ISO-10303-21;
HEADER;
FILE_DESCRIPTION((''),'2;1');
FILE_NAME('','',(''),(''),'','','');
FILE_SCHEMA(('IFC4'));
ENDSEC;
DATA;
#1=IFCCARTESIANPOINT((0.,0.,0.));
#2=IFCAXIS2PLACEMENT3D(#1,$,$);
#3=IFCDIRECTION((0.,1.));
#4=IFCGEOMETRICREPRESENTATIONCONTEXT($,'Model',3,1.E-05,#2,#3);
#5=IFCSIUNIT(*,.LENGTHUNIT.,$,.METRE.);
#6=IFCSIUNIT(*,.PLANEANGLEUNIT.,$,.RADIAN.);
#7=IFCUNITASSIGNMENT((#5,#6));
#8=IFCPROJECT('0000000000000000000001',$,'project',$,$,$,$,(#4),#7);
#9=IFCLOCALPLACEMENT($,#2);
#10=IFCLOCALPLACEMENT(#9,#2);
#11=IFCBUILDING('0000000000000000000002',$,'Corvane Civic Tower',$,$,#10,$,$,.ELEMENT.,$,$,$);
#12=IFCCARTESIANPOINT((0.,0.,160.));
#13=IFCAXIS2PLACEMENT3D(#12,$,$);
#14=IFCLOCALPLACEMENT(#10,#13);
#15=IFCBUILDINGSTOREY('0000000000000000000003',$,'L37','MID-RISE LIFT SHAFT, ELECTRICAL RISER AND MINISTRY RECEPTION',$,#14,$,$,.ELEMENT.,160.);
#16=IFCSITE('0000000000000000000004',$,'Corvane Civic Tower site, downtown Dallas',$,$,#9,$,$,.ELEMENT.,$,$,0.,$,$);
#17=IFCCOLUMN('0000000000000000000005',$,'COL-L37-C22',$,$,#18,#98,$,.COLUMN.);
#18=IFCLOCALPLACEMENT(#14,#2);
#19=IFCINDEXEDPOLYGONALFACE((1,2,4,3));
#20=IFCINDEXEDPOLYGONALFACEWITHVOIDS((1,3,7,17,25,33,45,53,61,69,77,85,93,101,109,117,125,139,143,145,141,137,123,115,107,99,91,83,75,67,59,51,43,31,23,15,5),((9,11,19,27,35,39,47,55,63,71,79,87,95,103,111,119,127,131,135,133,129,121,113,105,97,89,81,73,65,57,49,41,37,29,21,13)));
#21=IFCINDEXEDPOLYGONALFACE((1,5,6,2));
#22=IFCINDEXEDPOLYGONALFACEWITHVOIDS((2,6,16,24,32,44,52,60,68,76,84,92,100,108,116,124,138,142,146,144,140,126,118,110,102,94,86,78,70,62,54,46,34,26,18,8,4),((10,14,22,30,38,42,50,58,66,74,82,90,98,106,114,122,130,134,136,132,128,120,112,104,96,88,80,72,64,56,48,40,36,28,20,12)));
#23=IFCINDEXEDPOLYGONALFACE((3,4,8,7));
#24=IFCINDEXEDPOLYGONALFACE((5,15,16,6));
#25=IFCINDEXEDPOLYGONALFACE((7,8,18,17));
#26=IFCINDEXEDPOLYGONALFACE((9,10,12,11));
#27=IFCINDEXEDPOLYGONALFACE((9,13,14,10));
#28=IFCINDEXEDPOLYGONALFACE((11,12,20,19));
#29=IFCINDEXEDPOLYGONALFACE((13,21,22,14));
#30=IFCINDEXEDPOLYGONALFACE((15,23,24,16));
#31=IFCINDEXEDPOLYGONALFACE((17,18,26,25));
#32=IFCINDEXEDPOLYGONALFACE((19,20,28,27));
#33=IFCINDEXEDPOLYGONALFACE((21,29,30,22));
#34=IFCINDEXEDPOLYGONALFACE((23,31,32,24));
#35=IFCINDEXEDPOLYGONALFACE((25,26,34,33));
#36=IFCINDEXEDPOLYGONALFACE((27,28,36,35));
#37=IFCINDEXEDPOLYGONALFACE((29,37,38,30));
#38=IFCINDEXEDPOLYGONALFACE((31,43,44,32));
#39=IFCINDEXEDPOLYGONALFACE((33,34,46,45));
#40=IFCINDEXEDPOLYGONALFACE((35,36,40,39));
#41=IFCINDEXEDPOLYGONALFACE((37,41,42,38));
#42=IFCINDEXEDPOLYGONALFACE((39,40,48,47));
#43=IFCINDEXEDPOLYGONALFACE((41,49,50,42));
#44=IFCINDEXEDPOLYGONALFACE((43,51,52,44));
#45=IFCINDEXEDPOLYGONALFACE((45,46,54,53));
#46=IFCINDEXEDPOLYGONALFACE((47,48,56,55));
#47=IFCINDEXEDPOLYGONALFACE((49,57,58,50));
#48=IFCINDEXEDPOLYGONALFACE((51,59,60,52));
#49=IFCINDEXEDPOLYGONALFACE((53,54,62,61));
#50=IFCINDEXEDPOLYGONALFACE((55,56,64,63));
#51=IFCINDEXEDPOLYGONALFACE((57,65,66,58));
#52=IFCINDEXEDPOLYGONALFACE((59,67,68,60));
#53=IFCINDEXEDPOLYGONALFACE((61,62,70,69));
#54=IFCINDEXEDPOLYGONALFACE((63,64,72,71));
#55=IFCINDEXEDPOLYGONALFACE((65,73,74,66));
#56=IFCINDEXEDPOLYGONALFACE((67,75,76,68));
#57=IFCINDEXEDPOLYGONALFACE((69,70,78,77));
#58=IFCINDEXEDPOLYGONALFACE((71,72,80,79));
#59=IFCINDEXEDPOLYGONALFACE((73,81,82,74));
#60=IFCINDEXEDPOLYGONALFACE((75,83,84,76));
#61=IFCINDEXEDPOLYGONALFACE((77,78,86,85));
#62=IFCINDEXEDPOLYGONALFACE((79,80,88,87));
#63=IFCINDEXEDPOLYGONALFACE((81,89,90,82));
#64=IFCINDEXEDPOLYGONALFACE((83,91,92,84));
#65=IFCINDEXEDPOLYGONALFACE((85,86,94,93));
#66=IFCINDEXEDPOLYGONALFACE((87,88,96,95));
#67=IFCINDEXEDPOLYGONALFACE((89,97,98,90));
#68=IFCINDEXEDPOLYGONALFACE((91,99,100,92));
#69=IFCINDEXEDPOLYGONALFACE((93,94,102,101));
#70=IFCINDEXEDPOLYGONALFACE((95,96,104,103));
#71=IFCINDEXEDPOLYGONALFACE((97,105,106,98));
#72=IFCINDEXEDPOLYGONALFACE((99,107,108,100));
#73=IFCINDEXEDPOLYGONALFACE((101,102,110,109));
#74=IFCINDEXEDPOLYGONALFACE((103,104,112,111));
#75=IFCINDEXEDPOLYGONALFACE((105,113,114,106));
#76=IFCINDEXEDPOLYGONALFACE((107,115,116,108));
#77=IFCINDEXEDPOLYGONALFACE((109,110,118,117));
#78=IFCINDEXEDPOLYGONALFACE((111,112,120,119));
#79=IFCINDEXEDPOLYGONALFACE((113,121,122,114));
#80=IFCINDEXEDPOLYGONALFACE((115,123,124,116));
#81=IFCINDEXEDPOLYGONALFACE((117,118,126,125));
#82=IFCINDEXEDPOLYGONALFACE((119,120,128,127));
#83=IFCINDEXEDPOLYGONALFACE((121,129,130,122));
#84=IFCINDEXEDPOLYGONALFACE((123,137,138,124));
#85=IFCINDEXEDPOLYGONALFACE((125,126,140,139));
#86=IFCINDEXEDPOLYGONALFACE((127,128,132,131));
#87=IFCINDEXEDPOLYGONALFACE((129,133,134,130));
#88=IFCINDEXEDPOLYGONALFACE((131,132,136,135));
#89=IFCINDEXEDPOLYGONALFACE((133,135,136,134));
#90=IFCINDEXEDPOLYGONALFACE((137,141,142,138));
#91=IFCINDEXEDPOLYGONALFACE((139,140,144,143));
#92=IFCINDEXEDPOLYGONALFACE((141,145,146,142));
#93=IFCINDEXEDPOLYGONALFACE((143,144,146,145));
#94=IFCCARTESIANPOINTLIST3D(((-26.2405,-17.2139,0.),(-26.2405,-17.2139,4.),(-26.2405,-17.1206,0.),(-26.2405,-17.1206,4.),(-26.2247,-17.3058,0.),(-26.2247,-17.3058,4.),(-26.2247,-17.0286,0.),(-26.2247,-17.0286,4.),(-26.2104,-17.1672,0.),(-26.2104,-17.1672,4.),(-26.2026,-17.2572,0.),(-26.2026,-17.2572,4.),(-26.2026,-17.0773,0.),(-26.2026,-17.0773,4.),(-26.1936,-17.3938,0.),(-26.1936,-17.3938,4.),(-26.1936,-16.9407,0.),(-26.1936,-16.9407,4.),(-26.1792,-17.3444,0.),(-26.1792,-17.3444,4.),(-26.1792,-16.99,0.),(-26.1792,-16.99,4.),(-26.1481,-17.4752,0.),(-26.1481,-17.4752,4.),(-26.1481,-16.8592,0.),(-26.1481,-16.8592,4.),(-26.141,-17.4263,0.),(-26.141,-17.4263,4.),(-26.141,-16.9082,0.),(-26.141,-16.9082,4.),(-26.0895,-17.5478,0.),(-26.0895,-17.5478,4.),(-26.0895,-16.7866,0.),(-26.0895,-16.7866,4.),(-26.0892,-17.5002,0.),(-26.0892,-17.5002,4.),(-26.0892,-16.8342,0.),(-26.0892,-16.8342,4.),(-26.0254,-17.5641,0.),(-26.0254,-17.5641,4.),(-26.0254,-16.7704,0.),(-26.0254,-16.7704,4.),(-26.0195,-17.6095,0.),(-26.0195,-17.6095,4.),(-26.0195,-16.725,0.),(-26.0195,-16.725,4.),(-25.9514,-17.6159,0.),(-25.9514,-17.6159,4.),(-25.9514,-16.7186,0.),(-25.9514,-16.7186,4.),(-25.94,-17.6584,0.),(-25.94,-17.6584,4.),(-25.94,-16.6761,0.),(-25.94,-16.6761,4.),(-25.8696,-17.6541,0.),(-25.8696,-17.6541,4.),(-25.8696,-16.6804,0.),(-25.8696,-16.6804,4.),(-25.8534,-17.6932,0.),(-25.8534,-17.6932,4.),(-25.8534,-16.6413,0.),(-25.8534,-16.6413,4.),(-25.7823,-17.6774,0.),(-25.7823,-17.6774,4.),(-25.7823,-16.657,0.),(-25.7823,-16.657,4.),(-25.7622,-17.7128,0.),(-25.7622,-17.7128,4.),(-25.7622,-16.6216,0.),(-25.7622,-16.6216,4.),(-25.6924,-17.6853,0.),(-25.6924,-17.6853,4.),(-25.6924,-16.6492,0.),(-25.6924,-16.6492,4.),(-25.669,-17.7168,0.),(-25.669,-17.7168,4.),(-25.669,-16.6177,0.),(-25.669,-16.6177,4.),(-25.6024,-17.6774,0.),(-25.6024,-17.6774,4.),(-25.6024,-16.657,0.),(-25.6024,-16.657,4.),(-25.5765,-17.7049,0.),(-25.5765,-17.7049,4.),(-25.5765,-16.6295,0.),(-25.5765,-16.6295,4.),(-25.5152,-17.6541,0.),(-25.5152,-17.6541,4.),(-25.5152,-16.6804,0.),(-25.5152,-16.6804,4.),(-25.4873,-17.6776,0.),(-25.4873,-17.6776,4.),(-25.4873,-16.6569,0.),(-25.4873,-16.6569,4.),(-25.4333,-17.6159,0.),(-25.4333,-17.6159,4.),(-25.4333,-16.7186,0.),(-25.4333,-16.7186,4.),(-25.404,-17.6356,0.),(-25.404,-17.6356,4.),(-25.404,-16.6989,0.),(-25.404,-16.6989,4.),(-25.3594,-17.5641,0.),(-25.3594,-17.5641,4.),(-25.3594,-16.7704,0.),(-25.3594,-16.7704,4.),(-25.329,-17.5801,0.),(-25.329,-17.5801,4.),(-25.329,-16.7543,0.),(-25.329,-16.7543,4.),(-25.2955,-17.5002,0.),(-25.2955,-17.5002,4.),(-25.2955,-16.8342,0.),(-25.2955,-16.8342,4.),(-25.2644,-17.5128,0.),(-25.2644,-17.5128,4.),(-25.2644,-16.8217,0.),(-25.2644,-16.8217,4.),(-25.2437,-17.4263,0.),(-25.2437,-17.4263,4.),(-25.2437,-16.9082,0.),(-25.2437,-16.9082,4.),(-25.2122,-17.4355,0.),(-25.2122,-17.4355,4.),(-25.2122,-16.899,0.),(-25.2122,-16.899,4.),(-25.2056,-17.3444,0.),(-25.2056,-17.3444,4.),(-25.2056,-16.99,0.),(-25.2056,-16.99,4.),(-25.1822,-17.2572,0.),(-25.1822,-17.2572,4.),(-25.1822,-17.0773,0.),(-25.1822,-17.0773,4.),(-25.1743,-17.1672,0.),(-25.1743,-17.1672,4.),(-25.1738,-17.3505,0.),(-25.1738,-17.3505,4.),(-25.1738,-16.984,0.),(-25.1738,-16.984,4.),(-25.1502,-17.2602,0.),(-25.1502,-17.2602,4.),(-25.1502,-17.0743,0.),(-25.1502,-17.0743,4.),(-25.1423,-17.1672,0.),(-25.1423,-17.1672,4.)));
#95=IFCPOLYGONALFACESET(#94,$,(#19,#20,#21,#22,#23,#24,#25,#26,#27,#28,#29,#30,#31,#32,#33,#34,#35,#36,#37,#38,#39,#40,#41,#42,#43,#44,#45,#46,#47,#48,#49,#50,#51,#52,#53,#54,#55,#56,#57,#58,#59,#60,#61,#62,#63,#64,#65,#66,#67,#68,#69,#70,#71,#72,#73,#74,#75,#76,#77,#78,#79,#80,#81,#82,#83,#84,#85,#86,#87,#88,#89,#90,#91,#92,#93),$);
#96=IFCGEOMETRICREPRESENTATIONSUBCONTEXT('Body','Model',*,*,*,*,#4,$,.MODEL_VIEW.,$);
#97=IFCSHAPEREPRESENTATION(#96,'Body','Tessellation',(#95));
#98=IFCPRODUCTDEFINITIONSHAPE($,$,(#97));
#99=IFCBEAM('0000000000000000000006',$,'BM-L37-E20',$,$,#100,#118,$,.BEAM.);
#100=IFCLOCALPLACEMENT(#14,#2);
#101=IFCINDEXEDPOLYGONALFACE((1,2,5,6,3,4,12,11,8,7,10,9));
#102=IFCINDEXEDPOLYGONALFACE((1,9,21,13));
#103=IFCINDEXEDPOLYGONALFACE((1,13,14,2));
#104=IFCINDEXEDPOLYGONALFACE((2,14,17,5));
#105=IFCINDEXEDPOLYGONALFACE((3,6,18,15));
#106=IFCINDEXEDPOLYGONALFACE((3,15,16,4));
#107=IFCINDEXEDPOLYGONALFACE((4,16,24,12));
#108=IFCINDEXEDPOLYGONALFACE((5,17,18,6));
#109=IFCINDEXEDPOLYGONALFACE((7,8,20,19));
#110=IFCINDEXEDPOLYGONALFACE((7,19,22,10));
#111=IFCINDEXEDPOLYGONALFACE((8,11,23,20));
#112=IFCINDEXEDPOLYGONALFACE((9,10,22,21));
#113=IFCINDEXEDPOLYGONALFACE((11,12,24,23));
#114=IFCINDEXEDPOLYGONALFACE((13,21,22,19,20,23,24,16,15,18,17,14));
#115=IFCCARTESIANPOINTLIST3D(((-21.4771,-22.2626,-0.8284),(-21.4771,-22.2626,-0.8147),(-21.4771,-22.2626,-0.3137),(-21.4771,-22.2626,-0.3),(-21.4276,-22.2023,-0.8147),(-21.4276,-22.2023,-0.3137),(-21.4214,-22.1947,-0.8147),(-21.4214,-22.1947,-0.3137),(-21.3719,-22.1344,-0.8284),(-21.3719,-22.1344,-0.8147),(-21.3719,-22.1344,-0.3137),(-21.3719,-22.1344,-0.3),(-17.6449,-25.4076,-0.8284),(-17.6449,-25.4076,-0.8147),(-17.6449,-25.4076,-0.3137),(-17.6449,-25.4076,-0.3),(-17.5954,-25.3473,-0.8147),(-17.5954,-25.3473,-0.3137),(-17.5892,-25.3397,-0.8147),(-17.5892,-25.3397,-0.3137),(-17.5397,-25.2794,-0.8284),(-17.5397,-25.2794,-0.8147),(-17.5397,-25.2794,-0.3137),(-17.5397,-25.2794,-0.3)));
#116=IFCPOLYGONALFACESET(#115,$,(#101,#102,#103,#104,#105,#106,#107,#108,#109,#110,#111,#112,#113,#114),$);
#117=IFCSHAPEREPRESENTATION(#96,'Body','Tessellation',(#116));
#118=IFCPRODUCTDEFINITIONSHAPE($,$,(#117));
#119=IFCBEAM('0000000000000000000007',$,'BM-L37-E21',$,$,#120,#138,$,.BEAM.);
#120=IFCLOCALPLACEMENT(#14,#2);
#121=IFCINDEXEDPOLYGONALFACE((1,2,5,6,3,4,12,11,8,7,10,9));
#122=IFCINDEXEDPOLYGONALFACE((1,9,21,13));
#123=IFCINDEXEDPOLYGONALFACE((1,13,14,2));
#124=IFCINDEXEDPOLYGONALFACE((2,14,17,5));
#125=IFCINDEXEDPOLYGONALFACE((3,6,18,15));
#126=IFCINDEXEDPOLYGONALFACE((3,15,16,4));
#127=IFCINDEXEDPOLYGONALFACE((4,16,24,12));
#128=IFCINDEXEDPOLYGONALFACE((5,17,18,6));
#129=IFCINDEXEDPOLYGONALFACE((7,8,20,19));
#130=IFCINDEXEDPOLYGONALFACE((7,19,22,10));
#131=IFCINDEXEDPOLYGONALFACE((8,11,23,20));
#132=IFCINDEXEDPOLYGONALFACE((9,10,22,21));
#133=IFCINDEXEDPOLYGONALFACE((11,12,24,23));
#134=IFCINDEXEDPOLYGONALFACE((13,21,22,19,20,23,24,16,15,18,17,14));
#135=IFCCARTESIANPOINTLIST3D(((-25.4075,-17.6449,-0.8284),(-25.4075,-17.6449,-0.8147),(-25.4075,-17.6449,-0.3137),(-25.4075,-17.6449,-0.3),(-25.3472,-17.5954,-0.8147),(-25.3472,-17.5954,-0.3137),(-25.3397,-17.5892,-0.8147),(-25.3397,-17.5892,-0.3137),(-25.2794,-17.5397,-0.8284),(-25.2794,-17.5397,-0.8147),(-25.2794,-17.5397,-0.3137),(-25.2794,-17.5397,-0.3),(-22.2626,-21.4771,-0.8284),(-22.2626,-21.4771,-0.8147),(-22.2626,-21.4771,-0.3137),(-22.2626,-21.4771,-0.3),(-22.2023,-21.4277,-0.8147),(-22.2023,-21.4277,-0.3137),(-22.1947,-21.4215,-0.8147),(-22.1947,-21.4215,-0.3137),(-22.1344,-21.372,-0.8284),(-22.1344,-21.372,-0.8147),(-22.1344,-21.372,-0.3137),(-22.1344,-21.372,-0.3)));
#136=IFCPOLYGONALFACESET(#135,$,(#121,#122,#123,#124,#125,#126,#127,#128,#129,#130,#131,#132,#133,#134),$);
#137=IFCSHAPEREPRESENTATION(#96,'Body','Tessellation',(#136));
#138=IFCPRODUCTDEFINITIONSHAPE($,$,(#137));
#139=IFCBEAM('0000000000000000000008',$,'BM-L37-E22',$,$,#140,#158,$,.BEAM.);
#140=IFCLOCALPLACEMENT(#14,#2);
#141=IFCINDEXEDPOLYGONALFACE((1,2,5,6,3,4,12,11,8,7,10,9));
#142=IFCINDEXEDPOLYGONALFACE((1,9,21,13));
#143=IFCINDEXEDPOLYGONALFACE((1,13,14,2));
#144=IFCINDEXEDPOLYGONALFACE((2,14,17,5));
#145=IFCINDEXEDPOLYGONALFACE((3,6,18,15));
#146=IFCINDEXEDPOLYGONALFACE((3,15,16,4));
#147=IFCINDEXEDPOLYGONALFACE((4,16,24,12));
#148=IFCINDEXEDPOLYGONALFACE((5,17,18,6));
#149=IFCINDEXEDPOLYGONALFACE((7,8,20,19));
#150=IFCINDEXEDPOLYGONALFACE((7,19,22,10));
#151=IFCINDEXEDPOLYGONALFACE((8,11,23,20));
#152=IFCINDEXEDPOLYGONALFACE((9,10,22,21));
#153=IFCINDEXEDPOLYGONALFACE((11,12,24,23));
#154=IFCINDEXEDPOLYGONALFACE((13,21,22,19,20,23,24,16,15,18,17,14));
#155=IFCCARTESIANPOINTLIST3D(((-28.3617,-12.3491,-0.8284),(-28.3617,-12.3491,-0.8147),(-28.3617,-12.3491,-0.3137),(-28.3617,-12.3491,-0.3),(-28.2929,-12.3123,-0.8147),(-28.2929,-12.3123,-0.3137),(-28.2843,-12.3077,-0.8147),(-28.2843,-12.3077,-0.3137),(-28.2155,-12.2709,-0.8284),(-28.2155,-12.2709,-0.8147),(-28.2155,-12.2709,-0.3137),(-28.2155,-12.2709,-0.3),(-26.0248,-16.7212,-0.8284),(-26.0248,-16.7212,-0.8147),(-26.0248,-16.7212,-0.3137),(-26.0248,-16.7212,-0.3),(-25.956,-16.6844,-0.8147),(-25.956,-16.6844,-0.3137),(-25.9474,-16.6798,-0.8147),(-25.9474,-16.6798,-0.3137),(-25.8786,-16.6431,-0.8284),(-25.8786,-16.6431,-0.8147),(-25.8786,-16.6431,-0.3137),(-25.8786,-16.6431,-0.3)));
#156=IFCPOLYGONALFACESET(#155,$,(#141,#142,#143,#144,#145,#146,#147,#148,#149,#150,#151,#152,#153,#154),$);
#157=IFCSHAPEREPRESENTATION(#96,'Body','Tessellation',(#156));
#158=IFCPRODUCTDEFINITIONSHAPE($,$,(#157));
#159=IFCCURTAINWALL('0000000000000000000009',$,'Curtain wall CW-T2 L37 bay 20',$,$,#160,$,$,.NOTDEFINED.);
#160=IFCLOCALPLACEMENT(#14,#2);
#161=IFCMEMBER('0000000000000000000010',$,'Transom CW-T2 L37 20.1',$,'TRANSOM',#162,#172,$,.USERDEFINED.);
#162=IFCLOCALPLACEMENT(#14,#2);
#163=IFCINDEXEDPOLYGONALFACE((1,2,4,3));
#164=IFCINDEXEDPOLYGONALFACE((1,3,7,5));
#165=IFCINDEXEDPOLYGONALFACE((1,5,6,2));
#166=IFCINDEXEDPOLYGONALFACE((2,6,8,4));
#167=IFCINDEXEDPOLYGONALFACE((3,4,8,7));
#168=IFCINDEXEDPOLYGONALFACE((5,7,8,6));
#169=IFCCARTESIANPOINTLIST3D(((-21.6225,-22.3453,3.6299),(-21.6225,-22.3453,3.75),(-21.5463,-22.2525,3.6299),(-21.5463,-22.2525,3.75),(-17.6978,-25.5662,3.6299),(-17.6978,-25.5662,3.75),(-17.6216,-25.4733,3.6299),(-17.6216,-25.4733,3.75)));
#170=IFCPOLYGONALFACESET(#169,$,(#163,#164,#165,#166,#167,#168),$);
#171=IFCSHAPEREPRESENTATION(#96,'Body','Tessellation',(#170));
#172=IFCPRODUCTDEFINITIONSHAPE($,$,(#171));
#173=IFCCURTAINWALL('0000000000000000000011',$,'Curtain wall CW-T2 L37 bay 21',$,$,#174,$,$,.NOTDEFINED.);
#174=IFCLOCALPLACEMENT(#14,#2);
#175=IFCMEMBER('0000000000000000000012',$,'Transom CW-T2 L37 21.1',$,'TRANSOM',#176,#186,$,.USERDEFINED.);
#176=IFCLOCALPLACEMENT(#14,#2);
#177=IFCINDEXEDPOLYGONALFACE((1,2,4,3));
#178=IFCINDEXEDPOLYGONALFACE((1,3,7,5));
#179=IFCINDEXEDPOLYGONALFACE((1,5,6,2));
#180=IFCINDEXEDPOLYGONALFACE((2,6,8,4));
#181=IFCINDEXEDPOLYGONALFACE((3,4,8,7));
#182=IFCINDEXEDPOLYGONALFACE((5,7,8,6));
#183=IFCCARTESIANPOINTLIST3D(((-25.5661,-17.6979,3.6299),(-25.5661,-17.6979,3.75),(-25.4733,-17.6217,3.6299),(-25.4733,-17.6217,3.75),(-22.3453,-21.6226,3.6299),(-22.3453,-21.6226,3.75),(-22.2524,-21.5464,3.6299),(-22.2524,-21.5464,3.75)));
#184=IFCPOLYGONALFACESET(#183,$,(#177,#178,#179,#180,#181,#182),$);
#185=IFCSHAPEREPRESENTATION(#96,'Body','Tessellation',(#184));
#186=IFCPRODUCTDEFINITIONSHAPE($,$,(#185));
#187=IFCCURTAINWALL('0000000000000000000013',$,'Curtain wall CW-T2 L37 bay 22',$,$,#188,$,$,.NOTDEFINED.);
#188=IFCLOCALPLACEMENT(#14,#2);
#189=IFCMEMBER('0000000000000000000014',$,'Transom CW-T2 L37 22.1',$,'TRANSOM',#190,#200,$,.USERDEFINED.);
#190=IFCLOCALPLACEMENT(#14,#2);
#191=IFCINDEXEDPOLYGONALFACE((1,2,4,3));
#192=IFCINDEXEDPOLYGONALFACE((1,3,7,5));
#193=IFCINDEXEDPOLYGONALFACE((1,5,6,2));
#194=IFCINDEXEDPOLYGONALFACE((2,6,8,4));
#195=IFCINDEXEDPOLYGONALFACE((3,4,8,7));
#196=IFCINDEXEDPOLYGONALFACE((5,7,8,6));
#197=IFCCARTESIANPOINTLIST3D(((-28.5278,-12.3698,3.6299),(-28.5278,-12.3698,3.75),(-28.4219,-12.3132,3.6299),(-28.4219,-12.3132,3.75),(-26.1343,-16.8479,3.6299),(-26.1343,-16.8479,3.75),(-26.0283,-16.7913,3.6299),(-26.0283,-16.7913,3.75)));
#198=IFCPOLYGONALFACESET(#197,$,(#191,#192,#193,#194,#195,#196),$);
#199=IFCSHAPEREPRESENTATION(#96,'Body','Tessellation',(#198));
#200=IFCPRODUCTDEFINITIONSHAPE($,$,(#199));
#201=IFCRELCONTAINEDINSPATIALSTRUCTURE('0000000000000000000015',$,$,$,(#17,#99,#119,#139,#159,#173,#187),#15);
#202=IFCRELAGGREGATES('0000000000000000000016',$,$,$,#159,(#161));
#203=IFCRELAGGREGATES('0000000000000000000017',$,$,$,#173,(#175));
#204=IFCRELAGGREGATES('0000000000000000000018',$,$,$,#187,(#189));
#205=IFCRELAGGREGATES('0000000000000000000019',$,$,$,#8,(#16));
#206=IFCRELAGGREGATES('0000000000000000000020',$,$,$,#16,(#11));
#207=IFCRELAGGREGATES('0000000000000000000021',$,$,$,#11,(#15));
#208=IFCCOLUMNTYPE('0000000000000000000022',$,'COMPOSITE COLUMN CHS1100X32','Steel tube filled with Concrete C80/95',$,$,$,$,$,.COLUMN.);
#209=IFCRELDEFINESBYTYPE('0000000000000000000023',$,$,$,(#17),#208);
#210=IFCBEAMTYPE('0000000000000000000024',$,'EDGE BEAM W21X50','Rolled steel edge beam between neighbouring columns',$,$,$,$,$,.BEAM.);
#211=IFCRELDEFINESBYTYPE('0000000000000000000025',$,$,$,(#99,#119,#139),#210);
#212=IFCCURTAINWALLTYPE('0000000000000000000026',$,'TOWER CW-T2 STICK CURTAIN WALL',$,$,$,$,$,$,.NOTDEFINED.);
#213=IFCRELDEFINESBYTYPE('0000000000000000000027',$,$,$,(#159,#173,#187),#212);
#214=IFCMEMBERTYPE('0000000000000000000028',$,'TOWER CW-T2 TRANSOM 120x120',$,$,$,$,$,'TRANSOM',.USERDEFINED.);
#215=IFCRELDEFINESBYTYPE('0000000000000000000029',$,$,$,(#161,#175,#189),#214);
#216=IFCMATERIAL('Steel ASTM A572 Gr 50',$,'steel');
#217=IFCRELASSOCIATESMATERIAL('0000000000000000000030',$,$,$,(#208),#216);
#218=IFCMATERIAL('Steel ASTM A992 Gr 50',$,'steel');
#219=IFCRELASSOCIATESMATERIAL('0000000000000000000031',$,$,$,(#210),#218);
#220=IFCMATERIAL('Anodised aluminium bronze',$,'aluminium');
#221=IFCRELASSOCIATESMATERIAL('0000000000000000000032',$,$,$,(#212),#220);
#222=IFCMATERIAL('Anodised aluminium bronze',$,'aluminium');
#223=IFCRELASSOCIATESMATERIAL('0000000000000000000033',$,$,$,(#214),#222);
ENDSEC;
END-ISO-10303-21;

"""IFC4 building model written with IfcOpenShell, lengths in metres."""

from ifc_helpers import new_model, si_unit, direction, frame, origin, origin_2d, place, context, subcontext, project, spatial, rectangle, hollow_circle, i_section, extrude, material, material_profile, profile_set, type_object, element, aggregate, save


model = new_model("IFC4")

# Units and contexts
model_context = context("Model", 3, precision=1e-05, world=origin(), true_north=direction((0.0, 1.0)))
body_context = subcontext(model_context, "Body", "Model", "MODEL_VIEW")
ifc_project = project(units=[si_unit("LENGTHUNIT", "METRE"), si_unit("PLANEANGLEUNIT", "RADIAN")], contexts=[model_context])

# Site, building, storey
site_placement = place(None, origin())
site = spatial("IfcSite", under=ifc_project, at=site_placement, Name="Corvane Civic Tower site, downtown Dallas", CompositionType="ELEMENT", RefElevation=0.0)
building_placement = place(site_placement, origin())
building = spatial("IfcBuilding", under=site, at=building_placement, Name="Corvane Civic Tower", CompositionType="ELEMENT")
storey_placement = place(building_placement, frame((0.0, 0.0, 160.0)))
storey = spatial("IfcBuildingStorey", under=building, at=storey_placement, Name="L37", Description="MID-RISE LIFT SHAFT, ELECTRICAL RISER AND MINISTRY RECEPTION", CompositionType="ELEMENT", Elevation=160.0)

# Column
ifc_material_1 = material(Name="Steel ASTM A572 Gr 50", Category="steel")
ifc_material_profile_1 = material_profile(ifc_material_1, hollow_circle(Radius=0.55, WallThickness=0.032, at=origin_2d()), Name="CHS1100X32")
ifc_profile_set_1 = profile_set([ifc_material_profile_1], Name="Steel ASTM A572 Gr 50")
column_type = type_object("IfcColumnType", Name="COMPOSITE COLUMN CHS1100X32", Description="Steel tube filled with Concrete C80/95", PredefinedType="COLUMN", material=ifc_profile_set_1)
for number, where, z_axis, x_axis, name in (
    (1, (-25.6924, -17.1672, 0.0), (0.0, 0.0, 1.0), (1.0, 0.0, 0.0), "COL-L37-C22"),
):
    element("IfcColumn", number, at=place(storey_placement, frame(where, z_axis=z_axis, x_axis=x_axis)), inside=storey, type_object=column_type, Name=name, PredefinedType="COLUMN", context=body_context, shape_type="SweptSolid", body=[
        extrude(hollow_circle(Radius=0.55, WallThickness=0.032, at=origin_2d()), origin(), (0.0, 0.0, 1.0), 4.0),
    ])

# Beams
ifc_material_2 = material(Name="Steel ASTM A992 Gr 50", Category="steel")
ifc_material_profile_2 = material_profile(ifc_material_2, i_section(OverallWidth=0.1658, OverallDepth=0.5283, WebThickness=0.0098, FlangeThickness=0.0137, at=origin_2d()), Name="W21X50")
ifc_profile_set_2 = profile_set([ifc_material_profile_2], Name="Steel ASTM A992 Gr 50")
beam_type = type_object("IfcBeamType", Name="EDGE BEAM W21X50", Description="Rolled steel edge beam between neighbouring columns", PredefinedType="BEAM", material=ifc_profile_set_2)
for number, where, z_axis, x_axis, name in (
    (2, (-17.5923, -25.3435, -0.5642), (-0.773015, 0.634388, 0.0), (-0.634388, -0.773015, 0.0), "BM-L37-E20"),
    (3, (-22.1985, -21.4246, -0.5642), (-0.634388, 0.773015, 0.0), (-0.773015, -0.634388, 0.0), "BM-L37-E21"),
    (4, (-25.9517, -16.6821, -0.5642), (-0.471396, 0.881922, 0.0), (-0.881922, -0.471396, 0.0), "BM-L37-E22"),
):
    element("IfcBeam", number, at=place(storey_placement, frame(where, z_axis=z_axis, x_axis=x_axis)), inside=storey, type_object=beam_type, Name=name, PredefinedType="BEAM", context=body_context, shape_type="SweptSolid", body=[
        extrude(i_section(OverallWidth=0.1658, OverallDepth=0.5283, WebThickness=0.0098, FlangeThickness=0.0137, at=origin_2d()), origin(), (0.0, 0.0, 1.0), 4.9575),
    ])

# Curtain walls, members
ifc_material_3 = material(Name="Anodised aluminium bronze", Category="aluminium")
curtain_wall_type = type_object("IfcCurtainWallType", Name="TOWER CW-T2 STICK CURTAIN WALL", PredefinedType="NOTDEFINED", material=ifc_material_3)
curtain_wall_1_placement = place(storey_placement, origin())
curtain_wall_1 = element("IfcCurtainWall", 5, at=curtain_wall_1_placement, inside=storey, type_object=curtain_wall_type, Name="Curtain wall CW-T2 L37 bay 20", PredefinedType="NOTDEFINED")
ifc_material_4 = material(Name="Anodised aluminium bronze", Category="aluminium")
ifc_material_profile_3 = material_profile(ifc_material_4, rectangle(XDim=0.1201, YDim=0.1201, at=origin_2d()), Name="TOWER CW-T2 TRANSOM 120x120")
ifc_profile_set_3 = profile_set([ifc_material_profile_3], Name="Anodised aluminium bronze")
member_type = type_object("IfcMemberType", Name="TOWER CW-T2 TRANSOM 120x120", ElementType="TRANSOM", PredefinedType="USERDEFINED", material=ifc_profile_set_3)
member_1_placement = place(storey_placement, frame((-17.6597, -25.5198, 3.6899), z_axis=(-0.773016, 0.634387, 0.0), x_axis=(-0.634387, -0.773016, 0.0)))
member_1 = element("IfcMember", 6, at=member_1_placement, type_object=member_type, Name="Transom CW-T2 L37 20.1", ObjectType="TRANSOM", PredefinedType="USERDEFINED", context=body_context, shape_type="SweptSolid", body=[
    extrude(rectangle(XDim=0.1201, YDim=0.1201, at=origin_2d()), origin(), (0.0, 0.0, 1.0), 5.0771),
])
curtain_wall_2_placement = place(storey_placement, origin())
curtain_wall_2 = element("IfcCurtainWall", 7, at=curtain_wall_2_placement, inside=storey, type_object=curtain_wall_type, Name="Curtain wall CW-T2 L37 bay 21", PredefinedType="NOTDEFINED")
member_2_placement = place(storey_placement, frame((-22.2988, -21.5845, 3.6899), z_axis=(-0.634387, 0.773016, 0.0), x_axis=(-0.773016, -0.634387, 0.0)))
member_2 = element("IfcMember", 8, at=member_2_placement, type_object=member_type, Name="Transom CW-T2 L37 21.1", ObjectType="TRANSOM", PredefinedType="USERDEFINED", context=body_context, shape_type="SweptSolid", body=[
    extrude(rectangle(XDim=0.1201, YDim=0.1201, at=origin_2d()), origin(), (0.0, 0.0, 1.0), 5.0771),
])
curtain_wall_3_placement = place(storey_placement, origin())
curtain_wall_3 = element("IfcCurtainWall", 9, at=curtain_wall_3_placement, inside=storey, type_object=curtain_wall_type, Name="Curtain wall CW-T2 L37 bay 22", PredefinedType="NOTDEFINED")
member_3_placement = place(storey_placement, frame((-26.0813, -16.8196, 3.6899), z_axis=(-0.471397, 0.881921, 0.0), x_axis=(-0.881921, -0.471397, 0.0)))
member_3 = element("IfcMember", 10, at=member_3_placement, type_object=member_type, Name="Transom CW-T2 L37 22.1", ObjectType="TRANSOM", PredefinedType="USERDEFINED", context=body_context, shape_type="SweptSolid", body=[
    extrude(rectangle(XDim=0.1201, YDim=0.1201, at=origin_2d()), origin(), (0.0, 0.0, 1.0), 5.0776),
])

aggregate(curtain_wall_1, [member_1])
aggregate(curtain_wall_2, [member_2])
aggregate(curtain_wall_3, [member_3])

save(model, "model.ifc")
